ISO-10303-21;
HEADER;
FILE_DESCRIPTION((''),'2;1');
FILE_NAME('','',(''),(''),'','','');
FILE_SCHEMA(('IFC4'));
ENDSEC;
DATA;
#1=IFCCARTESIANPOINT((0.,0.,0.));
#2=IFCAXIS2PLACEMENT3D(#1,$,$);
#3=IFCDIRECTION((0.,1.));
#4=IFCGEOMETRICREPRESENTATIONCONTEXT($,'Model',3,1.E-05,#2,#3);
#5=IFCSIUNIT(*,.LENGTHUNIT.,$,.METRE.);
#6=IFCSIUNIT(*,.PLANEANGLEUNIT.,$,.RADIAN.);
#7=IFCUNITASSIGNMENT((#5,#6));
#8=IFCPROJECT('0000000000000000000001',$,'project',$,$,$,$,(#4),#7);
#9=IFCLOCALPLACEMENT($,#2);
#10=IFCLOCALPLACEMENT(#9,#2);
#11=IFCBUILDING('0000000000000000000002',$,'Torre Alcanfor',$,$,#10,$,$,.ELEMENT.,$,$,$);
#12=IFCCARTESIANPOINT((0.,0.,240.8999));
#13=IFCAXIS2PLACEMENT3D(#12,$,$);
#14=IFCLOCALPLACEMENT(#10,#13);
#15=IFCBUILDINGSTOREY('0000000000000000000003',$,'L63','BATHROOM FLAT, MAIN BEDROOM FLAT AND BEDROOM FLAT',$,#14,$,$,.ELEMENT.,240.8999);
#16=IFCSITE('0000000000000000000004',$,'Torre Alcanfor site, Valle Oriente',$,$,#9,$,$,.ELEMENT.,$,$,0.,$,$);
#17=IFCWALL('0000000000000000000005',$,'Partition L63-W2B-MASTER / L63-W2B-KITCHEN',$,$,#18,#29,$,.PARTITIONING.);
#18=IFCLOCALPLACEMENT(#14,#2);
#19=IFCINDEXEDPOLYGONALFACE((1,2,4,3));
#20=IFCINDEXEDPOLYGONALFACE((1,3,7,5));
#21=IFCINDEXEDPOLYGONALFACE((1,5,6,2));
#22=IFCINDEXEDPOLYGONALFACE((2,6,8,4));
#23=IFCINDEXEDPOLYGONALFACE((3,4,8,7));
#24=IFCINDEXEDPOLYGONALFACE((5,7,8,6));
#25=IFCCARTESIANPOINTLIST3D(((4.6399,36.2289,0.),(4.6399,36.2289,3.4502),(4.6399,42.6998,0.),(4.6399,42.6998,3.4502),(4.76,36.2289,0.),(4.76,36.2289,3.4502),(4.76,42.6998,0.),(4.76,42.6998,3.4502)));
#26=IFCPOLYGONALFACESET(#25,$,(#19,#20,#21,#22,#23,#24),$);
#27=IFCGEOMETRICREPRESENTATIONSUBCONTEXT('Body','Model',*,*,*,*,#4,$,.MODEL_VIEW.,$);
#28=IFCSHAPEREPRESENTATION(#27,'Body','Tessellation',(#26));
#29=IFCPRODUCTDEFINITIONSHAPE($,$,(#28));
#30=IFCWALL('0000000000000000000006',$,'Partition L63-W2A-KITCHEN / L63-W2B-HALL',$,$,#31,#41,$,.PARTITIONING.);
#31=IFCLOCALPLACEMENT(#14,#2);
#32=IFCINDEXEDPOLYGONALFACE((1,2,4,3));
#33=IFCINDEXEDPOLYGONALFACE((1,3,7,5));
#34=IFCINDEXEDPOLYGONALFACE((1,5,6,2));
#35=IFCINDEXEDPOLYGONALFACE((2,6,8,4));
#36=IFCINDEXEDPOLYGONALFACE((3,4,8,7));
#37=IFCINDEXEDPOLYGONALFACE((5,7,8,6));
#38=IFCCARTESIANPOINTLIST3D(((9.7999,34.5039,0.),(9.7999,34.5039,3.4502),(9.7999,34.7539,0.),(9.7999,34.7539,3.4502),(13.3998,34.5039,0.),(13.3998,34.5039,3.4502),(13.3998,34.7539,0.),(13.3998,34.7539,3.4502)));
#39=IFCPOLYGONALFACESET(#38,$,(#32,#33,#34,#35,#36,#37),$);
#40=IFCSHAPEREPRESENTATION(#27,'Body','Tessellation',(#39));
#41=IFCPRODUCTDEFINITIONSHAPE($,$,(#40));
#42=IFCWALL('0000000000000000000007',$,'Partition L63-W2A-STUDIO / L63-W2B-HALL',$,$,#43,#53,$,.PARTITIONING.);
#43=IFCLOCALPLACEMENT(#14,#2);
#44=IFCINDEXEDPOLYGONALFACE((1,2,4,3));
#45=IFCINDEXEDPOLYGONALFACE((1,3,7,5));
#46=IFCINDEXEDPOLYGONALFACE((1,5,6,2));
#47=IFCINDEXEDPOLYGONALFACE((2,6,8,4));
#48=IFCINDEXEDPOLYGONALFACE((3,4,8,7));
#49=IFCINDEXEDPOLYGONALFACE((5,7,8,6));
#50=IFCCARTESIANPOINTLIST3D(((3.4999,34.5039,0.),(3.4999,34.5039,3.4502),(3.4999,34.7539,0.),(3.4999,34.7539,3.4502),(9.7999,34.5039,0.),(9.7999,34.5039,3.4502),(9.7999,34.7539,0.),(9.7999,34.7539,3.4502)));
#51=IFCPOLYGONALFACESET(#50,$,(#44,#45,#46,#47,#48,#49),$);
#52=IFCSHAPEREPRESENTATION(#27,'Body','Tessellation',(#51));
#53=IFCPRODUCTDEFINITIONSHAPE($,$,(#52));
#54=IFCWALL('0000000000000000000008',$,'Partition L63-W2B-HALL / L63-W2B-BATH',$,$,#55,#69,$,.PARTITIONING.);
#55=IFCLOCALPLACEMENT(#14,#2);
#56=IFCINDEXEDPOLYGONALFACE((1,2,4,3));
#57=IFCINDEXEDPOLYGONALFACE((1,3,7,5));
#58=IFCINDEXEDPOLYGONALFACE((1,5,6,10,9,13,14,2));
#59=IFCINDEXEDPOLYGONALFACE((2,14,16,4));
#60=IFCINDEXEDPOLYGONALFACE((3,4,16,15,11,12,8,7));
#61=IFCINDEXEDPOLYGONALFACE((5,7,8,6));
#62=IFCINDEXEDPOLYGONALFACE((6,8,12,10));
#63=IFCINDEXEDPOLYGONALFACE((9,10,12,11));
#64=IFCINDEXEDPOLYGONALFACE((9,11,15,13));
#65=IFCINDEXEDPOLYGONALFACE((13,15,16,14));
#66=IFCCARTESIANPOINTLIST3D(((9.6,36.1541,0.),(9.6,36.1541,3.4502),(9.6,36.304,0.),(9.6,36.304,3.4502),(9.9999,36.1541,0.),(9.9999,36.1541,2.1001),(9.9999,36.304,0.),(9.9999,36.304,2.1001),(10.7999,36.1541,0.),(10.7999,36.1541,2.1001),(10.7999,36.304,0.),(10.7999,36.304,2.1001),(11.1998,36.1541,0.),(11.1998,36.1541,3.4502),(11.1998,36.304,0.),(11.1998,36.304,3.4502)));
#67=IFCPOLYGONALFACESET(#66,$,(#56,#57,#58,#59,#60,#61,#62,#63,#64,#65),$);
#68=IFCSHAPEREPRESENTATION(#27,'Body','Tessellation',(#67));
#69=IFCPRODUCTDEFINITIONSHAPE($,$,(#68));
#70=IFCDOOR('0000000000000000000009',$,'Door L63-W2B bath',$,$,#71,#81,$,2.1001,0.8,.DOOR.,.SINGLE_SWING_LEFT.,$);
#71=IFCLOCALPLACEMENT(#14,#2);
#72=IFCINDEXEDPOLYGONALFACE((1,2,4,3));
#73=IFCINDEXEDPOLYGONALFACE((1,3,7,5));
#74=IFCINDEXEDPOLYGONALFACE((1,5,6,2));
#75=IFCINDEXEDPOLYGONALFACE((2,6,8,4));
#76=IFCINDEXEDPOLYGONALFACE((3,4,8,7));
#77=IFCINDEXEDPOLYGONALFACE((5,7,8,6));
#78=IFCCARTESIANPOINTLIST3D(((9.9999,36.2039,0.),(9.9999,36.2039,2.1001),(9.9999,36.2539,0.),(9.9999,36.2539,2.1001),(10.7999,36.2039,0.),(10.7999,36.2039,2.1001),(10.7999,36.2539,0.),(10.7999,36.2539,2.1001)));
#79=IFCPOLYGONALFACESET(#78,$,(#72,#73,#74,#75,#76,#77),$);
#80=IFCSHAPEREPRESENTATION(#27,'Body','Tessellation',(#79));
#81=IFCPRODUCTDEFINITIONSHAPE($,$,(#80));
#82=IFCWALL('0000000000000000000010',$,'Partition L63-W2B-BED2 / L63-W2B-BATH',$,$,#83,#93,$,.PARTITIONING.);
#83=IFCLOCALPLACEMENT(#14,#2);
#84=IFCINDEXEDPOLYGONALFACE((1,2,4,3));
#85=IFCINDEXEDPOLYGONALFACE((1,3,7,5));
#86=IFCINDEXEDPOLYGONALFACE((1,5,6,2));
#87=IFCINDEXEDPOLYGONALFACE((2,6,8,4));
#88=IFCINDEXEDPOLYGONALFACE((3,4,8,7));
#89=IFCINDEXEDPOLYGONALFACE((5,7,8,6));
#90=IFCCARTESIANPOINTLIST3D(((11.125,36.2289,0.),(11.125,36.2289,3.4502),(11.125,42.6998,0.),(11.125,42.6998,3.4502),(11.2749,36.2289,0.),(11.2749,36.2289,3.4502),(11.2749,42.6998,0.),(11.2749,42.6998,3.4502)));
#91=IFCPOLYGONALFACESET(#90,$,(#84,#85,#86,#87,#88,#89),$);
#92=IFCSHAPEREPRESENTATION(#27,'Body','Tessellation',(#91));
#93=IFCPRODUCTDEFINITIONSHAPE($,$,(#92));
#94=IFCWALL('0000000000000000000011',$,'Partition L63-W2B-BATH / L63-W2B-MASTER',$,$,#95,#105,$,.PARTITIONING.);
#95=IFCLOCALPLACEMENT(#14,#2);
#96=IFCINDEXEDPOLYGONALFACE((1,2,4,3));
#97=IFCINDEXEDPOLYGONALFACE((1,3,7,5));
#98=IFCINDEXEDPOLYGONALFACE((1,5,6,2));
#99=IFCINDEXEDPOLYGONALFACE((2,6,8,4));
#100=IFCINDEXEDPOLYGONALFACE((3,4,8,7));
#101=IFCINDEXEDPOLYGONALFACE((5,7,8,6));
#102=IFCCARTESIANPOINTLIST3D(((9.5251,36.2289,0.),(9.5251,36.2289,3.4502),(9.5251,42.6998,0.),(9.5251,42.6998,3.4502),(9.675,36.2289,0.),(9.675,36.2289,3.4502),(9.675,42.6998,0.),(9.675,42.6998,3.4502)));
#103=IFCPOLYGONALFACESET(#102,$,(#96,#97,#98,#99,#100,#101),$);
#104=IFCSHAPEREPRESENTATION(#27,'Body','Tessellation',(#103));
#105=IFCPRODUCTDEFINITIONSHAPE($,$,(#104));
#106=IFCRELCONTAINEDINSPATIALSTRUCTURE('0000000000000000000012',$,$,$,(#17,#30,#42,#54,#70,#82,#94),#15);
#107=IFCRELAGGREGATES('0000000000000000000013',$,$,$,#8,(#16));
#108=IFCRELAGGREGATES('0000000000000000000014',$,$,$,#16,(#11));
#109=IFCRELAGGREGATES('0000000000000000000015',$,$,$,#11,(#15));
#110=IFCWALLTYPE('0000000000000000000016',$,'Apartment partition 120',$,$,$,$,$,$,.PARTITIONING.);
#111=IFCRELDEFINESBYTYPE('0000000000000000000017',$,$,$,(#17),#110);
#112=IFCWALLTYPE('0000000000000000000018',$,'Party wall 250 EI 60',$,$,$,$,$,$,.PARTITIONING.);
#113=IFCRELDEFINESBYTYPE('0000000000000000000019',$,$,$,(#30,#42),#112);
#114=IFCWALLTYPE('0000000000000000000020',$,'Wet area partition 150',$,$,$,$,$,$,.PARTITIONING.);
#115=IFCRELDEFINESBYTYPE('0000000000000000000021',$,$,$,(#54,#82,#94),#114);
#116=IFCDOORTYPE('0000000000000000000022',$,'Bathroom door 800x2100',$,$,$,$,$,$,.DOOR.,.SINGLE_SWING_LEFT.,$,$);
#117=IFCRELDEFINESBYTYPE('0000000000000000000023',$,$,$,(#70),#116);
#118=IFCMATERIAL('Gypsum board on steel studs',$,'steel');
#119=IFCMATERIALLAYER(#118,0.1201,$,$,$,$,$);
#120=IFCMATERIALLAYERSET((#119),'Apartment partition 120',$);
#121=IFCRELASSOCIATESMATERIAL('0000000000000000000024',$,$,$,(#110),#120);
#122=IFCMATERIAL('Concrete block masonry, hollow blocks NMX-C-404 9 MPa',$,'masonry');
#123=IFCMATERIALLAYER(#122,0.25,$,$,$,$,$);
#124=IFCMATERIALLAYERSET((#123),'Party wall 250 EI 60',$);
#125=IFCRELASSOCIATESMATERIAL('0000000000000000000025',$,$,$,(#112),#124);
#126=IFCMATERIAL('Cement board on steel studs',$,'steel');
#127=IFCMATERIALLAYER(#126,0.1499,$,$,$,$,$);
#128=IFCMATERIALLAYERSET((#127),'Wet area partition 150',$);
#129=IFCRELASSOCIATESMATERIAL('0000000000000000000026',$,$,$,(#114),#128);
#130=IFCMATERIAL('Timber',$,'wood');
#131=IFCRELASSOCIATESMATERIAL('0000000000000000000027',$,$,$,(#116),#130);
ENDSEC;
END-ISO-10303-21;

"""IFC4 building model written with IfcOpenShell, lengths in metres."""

from ifc_helpers import new_model, si_unit, direction, frame, frame_2d, origin, place, context, subcontext, project, spatial, rectangle, extrude, material, layer, layer_set, type_object, element, fill, save


model = new_model("IFC4")

# Units and contexts
model_context = context("Model", 3, precision=1e-05, world=origin(), true_north=direction((0.0, 1.0)))
body_context = subcontext(model_context, "Body", "Model", "MODEL_VIEW")
ifc_project = project(units=[si_unit("LENGTHUNIT", "METRE"), si_unit("PLANEANGLEUNIT", "RADIAN")], contexts=[model_context])

# Site, building, storey
site_placement = place(None, origin())
site = spatial("IfcSite", under=ifc_project, at=site_placement, Name="Torre Alcanfor site, Valle Oriente", CompositionType="ELEMENT", RefElevation=0.0)
building_placement = place(site_placement, origin())
building = spatial("IfcBuilding", under=site, at=building_placement, Name="Torre Alcanfor", CompositionType="ELEMENT")
storey_placement = place(building_placement, frame((0.0, 0.0, 240.8999)))
storey = spatial("IfcBuildingStorey", under=building, at=storey_placement, Name="L63", Description="BATHROOM FLAT, MAIN BEDROOM FLAT AND BEDROOM FLAT", CompositionType="ELEMENT", Elevation=240.8999)

# Shared definitions
ifc_material_1 = material(Name="Gypsum board on steel studs", Category="steel")
ifc_layer_1 = layer(ifc_material_1, 0.1201)
ifc_layer_set_1 = layer_set([ifc_layer_1], Name="Apartment partition 120")
wall_type_1 = type_object("IfcWallType", Name="Apartment partition 120", PredefinedType="PARTITIONING", material=ifc_layer_set_1)

# Walls
wall_1_placement = place(storey_placement, frame((4.7, 36.229, 0.0), z_axis=(0.0, 0.0, 1.0), x_axis=(0.0, 1.0, 0.0)))
element("IfcWall", 1, at=wall_1_placement, inside=storey, type_object=wall_type_1, Name="Partition L63-W2B-MASTER / L63-W2B-KITCHEN", PredefinedType="PARTITIONING", context=body_context, shape_type="SweptSolid", body=[
    extrude(rectangle(XDim=6.4709, YDim=0.1201, at=frame_2d((3.2354, 0.0))), origin(), (0.0, 0.0, 1.0), 3.4502),
])
ifc_material_2 = material(Name="Concrete block masonry, hollow blocks NMX-C-404 9 MPa", Category="masonry")
ifc_layer_2 = layer(ifc_material_2, 0.25)
ifc_layer_set_2 = layer_set([ifc_layer_2], Name="Party wall 250 EI 60")
wall_type_2 = type_object("IfcWallType", Name="Party wall 250 EI 60", PredefinedType="PARTITIONING", material=ifc_layer_set_2)
wall_2_placement = place(storey_placement, frame((9.8, 34.6289, 0.0), z_axis=(0.0, 0.0, 1.0), x_axis=(1.0, 0.0, 0.0)))
element("IfcWall", 2, at=wall_2_placement, inside=storey, type_object=wall_type_2, Name="Partition L63-W2A-KITCHEN / L63-W2B-HALL", PredefinedType="PARTITIONING", context=body_context, shape_type="SweptSolid", body=[
    extrude(rectangle(XDim=3.5999, YDim=0.25, at=frame_2d((1.7998, 0.0))), origin(), (0.0, 0.0, 1.0), 3.4502),
])
wall_3_placement = place(storey_placement, frame((3.5, 34.6289, 0.0), z_axis=(0.0, 0.0, 1.0), x_axis=(1.0, 0.0, 0.0)))
element("IfcWall", 3, at=wall_3_placement, inside=storey, type_object=wall_type_2, Name="Partition L63-W2A-STUDIO / L63-W2B-HALL", PredefinedType="PARTITIONING", context=body_context, shape_type="SweptSolid", body=[
    extrude(rectangle(XDim=6.3, YDim=0.25, at=frame_2d((3.1499, 0.0))), origin(), (0.0, 0.0, 1.0), 3.4502),
])

# Wall, opening, door
ifc_material_3 = material(Name="Cement board on steel studs", Category="steel")
ifc_layer_3 = layer(ifc_material_3, 0.1499)
ifc_layer_set_3 = layer_set([ifc_layer_3], Name="Wet area partition 150")
wall_type_3 = type_object("IfcWallType", Name="Wet area partition 150", PredefinedType="PARTITIONING", material=ifc_layer_set_3)
wall_4_placement = place(storey_placement, frame((9.6001, 36.229, 0.0), z_axis=(0.0, 0.0, 1.0), x_axis=(1.0, 0.0, 0.0)))
wall_4 = element("IfcWall", 4, at=wall_4_placement, inside=storey, type_object=wall_type_3, Name="Partition L63-W2B-HALL / L63-W2B-BATH", PredefinedType="PARTITIONING", context=body_context, shape_type="SweptSolid", body=[
    extrude(rectangle(XDim=1.5999, YDim=0.1499, at=frame_2d((0.7998, 0.0))), origin(), (0.0, 0.0, 1.0), 3.4502),
])
opening_1_placement = place(wall_4_placement, frame((0.3999, 0.0, 0.0)))
opening_1 = element("IfcOpeningElement", 5, at=opening_1_placement, cuts=wall_4, PredefinedType="OPENING", context=body_context, shape_type="SweptSolid", body=[
    extrude(rectangle(XDim=0.8, YDim=2.1001, at=frame_2d((0.3999, 1.05))), frame((0.0, 0.085, 0.0), z_axis=(0.0, -1.0, 0.0), x_axis=(1.0, 0.0, 0.0)), (0.0, 0.0, 1.0), 0.1699),
])
ifc_material_4 = material(Name="Timber", Category="wood")
door_type_1 = type_object("IfcDoorType", Name="Bathroom door 800x2100", OperationType="SINGLE_SWING_LEFT", PredefinedType="DOOR", material=ifc_material_4)
door_1_placement = place(opening_1_placement, origin())
door_1 = element("IfcDoor", 6, at=door_1_placement, inside=storey, type_object=door_type_1, Name="Door L63-W2B bath", OperationType="SINGLE_SWING_LEFT", OverallHeight=2.1001, OverallWidth=0.8, PredefinedType="DOOR", context=body_context, shape_type="SweptSolid", body=[
    extrude(rectangle(XDim=0.8, YDim=2.1001, at=frame_2d((0.3999, 1.05))), frame((0.0, 0.0249, 0.0), z_axis=(0.0, -1.0, 0.0), x_axis=(1.0, 0.0, 0.0)), (0.0, 0.0, 1.0), 0.05),
])
fill(opening_1, door_1)

# Walls
for number, where, z_axis, x_axis, name in (
    (7, (11.2, 36.229, 0.0), (0.0, 0.0, 1.0), (0.0, 1.0, 0.0), "Partition L63-W2B-BED2 / L63-W2B-BATH"),
    (8, (9.6001, 36.229, 0.0), (0.0, 0.0, 1.0), (0.0, 1.0, 0.0), "Partition L63-W2B-BATH / L63-W2B-MASTER"),
):
    element("IfcWall", number, at=place(storey_placement, frame(where, z_axis=z_axis, x_axis=x_axis)), inside=storey, type_object=wall_type_3, Name=name, PredefinedType="PARTITIONING", context=body_context, shape_type="SweptSolid", body=[
        extrude(rectangle(XDim=6.4709, YDim=0.1499, at=frame_2d((3.2354, 0.0))), origin(), (0.0, 0.0, 1.0), 3.4502),
    ])

save(model, "model.ifc")
